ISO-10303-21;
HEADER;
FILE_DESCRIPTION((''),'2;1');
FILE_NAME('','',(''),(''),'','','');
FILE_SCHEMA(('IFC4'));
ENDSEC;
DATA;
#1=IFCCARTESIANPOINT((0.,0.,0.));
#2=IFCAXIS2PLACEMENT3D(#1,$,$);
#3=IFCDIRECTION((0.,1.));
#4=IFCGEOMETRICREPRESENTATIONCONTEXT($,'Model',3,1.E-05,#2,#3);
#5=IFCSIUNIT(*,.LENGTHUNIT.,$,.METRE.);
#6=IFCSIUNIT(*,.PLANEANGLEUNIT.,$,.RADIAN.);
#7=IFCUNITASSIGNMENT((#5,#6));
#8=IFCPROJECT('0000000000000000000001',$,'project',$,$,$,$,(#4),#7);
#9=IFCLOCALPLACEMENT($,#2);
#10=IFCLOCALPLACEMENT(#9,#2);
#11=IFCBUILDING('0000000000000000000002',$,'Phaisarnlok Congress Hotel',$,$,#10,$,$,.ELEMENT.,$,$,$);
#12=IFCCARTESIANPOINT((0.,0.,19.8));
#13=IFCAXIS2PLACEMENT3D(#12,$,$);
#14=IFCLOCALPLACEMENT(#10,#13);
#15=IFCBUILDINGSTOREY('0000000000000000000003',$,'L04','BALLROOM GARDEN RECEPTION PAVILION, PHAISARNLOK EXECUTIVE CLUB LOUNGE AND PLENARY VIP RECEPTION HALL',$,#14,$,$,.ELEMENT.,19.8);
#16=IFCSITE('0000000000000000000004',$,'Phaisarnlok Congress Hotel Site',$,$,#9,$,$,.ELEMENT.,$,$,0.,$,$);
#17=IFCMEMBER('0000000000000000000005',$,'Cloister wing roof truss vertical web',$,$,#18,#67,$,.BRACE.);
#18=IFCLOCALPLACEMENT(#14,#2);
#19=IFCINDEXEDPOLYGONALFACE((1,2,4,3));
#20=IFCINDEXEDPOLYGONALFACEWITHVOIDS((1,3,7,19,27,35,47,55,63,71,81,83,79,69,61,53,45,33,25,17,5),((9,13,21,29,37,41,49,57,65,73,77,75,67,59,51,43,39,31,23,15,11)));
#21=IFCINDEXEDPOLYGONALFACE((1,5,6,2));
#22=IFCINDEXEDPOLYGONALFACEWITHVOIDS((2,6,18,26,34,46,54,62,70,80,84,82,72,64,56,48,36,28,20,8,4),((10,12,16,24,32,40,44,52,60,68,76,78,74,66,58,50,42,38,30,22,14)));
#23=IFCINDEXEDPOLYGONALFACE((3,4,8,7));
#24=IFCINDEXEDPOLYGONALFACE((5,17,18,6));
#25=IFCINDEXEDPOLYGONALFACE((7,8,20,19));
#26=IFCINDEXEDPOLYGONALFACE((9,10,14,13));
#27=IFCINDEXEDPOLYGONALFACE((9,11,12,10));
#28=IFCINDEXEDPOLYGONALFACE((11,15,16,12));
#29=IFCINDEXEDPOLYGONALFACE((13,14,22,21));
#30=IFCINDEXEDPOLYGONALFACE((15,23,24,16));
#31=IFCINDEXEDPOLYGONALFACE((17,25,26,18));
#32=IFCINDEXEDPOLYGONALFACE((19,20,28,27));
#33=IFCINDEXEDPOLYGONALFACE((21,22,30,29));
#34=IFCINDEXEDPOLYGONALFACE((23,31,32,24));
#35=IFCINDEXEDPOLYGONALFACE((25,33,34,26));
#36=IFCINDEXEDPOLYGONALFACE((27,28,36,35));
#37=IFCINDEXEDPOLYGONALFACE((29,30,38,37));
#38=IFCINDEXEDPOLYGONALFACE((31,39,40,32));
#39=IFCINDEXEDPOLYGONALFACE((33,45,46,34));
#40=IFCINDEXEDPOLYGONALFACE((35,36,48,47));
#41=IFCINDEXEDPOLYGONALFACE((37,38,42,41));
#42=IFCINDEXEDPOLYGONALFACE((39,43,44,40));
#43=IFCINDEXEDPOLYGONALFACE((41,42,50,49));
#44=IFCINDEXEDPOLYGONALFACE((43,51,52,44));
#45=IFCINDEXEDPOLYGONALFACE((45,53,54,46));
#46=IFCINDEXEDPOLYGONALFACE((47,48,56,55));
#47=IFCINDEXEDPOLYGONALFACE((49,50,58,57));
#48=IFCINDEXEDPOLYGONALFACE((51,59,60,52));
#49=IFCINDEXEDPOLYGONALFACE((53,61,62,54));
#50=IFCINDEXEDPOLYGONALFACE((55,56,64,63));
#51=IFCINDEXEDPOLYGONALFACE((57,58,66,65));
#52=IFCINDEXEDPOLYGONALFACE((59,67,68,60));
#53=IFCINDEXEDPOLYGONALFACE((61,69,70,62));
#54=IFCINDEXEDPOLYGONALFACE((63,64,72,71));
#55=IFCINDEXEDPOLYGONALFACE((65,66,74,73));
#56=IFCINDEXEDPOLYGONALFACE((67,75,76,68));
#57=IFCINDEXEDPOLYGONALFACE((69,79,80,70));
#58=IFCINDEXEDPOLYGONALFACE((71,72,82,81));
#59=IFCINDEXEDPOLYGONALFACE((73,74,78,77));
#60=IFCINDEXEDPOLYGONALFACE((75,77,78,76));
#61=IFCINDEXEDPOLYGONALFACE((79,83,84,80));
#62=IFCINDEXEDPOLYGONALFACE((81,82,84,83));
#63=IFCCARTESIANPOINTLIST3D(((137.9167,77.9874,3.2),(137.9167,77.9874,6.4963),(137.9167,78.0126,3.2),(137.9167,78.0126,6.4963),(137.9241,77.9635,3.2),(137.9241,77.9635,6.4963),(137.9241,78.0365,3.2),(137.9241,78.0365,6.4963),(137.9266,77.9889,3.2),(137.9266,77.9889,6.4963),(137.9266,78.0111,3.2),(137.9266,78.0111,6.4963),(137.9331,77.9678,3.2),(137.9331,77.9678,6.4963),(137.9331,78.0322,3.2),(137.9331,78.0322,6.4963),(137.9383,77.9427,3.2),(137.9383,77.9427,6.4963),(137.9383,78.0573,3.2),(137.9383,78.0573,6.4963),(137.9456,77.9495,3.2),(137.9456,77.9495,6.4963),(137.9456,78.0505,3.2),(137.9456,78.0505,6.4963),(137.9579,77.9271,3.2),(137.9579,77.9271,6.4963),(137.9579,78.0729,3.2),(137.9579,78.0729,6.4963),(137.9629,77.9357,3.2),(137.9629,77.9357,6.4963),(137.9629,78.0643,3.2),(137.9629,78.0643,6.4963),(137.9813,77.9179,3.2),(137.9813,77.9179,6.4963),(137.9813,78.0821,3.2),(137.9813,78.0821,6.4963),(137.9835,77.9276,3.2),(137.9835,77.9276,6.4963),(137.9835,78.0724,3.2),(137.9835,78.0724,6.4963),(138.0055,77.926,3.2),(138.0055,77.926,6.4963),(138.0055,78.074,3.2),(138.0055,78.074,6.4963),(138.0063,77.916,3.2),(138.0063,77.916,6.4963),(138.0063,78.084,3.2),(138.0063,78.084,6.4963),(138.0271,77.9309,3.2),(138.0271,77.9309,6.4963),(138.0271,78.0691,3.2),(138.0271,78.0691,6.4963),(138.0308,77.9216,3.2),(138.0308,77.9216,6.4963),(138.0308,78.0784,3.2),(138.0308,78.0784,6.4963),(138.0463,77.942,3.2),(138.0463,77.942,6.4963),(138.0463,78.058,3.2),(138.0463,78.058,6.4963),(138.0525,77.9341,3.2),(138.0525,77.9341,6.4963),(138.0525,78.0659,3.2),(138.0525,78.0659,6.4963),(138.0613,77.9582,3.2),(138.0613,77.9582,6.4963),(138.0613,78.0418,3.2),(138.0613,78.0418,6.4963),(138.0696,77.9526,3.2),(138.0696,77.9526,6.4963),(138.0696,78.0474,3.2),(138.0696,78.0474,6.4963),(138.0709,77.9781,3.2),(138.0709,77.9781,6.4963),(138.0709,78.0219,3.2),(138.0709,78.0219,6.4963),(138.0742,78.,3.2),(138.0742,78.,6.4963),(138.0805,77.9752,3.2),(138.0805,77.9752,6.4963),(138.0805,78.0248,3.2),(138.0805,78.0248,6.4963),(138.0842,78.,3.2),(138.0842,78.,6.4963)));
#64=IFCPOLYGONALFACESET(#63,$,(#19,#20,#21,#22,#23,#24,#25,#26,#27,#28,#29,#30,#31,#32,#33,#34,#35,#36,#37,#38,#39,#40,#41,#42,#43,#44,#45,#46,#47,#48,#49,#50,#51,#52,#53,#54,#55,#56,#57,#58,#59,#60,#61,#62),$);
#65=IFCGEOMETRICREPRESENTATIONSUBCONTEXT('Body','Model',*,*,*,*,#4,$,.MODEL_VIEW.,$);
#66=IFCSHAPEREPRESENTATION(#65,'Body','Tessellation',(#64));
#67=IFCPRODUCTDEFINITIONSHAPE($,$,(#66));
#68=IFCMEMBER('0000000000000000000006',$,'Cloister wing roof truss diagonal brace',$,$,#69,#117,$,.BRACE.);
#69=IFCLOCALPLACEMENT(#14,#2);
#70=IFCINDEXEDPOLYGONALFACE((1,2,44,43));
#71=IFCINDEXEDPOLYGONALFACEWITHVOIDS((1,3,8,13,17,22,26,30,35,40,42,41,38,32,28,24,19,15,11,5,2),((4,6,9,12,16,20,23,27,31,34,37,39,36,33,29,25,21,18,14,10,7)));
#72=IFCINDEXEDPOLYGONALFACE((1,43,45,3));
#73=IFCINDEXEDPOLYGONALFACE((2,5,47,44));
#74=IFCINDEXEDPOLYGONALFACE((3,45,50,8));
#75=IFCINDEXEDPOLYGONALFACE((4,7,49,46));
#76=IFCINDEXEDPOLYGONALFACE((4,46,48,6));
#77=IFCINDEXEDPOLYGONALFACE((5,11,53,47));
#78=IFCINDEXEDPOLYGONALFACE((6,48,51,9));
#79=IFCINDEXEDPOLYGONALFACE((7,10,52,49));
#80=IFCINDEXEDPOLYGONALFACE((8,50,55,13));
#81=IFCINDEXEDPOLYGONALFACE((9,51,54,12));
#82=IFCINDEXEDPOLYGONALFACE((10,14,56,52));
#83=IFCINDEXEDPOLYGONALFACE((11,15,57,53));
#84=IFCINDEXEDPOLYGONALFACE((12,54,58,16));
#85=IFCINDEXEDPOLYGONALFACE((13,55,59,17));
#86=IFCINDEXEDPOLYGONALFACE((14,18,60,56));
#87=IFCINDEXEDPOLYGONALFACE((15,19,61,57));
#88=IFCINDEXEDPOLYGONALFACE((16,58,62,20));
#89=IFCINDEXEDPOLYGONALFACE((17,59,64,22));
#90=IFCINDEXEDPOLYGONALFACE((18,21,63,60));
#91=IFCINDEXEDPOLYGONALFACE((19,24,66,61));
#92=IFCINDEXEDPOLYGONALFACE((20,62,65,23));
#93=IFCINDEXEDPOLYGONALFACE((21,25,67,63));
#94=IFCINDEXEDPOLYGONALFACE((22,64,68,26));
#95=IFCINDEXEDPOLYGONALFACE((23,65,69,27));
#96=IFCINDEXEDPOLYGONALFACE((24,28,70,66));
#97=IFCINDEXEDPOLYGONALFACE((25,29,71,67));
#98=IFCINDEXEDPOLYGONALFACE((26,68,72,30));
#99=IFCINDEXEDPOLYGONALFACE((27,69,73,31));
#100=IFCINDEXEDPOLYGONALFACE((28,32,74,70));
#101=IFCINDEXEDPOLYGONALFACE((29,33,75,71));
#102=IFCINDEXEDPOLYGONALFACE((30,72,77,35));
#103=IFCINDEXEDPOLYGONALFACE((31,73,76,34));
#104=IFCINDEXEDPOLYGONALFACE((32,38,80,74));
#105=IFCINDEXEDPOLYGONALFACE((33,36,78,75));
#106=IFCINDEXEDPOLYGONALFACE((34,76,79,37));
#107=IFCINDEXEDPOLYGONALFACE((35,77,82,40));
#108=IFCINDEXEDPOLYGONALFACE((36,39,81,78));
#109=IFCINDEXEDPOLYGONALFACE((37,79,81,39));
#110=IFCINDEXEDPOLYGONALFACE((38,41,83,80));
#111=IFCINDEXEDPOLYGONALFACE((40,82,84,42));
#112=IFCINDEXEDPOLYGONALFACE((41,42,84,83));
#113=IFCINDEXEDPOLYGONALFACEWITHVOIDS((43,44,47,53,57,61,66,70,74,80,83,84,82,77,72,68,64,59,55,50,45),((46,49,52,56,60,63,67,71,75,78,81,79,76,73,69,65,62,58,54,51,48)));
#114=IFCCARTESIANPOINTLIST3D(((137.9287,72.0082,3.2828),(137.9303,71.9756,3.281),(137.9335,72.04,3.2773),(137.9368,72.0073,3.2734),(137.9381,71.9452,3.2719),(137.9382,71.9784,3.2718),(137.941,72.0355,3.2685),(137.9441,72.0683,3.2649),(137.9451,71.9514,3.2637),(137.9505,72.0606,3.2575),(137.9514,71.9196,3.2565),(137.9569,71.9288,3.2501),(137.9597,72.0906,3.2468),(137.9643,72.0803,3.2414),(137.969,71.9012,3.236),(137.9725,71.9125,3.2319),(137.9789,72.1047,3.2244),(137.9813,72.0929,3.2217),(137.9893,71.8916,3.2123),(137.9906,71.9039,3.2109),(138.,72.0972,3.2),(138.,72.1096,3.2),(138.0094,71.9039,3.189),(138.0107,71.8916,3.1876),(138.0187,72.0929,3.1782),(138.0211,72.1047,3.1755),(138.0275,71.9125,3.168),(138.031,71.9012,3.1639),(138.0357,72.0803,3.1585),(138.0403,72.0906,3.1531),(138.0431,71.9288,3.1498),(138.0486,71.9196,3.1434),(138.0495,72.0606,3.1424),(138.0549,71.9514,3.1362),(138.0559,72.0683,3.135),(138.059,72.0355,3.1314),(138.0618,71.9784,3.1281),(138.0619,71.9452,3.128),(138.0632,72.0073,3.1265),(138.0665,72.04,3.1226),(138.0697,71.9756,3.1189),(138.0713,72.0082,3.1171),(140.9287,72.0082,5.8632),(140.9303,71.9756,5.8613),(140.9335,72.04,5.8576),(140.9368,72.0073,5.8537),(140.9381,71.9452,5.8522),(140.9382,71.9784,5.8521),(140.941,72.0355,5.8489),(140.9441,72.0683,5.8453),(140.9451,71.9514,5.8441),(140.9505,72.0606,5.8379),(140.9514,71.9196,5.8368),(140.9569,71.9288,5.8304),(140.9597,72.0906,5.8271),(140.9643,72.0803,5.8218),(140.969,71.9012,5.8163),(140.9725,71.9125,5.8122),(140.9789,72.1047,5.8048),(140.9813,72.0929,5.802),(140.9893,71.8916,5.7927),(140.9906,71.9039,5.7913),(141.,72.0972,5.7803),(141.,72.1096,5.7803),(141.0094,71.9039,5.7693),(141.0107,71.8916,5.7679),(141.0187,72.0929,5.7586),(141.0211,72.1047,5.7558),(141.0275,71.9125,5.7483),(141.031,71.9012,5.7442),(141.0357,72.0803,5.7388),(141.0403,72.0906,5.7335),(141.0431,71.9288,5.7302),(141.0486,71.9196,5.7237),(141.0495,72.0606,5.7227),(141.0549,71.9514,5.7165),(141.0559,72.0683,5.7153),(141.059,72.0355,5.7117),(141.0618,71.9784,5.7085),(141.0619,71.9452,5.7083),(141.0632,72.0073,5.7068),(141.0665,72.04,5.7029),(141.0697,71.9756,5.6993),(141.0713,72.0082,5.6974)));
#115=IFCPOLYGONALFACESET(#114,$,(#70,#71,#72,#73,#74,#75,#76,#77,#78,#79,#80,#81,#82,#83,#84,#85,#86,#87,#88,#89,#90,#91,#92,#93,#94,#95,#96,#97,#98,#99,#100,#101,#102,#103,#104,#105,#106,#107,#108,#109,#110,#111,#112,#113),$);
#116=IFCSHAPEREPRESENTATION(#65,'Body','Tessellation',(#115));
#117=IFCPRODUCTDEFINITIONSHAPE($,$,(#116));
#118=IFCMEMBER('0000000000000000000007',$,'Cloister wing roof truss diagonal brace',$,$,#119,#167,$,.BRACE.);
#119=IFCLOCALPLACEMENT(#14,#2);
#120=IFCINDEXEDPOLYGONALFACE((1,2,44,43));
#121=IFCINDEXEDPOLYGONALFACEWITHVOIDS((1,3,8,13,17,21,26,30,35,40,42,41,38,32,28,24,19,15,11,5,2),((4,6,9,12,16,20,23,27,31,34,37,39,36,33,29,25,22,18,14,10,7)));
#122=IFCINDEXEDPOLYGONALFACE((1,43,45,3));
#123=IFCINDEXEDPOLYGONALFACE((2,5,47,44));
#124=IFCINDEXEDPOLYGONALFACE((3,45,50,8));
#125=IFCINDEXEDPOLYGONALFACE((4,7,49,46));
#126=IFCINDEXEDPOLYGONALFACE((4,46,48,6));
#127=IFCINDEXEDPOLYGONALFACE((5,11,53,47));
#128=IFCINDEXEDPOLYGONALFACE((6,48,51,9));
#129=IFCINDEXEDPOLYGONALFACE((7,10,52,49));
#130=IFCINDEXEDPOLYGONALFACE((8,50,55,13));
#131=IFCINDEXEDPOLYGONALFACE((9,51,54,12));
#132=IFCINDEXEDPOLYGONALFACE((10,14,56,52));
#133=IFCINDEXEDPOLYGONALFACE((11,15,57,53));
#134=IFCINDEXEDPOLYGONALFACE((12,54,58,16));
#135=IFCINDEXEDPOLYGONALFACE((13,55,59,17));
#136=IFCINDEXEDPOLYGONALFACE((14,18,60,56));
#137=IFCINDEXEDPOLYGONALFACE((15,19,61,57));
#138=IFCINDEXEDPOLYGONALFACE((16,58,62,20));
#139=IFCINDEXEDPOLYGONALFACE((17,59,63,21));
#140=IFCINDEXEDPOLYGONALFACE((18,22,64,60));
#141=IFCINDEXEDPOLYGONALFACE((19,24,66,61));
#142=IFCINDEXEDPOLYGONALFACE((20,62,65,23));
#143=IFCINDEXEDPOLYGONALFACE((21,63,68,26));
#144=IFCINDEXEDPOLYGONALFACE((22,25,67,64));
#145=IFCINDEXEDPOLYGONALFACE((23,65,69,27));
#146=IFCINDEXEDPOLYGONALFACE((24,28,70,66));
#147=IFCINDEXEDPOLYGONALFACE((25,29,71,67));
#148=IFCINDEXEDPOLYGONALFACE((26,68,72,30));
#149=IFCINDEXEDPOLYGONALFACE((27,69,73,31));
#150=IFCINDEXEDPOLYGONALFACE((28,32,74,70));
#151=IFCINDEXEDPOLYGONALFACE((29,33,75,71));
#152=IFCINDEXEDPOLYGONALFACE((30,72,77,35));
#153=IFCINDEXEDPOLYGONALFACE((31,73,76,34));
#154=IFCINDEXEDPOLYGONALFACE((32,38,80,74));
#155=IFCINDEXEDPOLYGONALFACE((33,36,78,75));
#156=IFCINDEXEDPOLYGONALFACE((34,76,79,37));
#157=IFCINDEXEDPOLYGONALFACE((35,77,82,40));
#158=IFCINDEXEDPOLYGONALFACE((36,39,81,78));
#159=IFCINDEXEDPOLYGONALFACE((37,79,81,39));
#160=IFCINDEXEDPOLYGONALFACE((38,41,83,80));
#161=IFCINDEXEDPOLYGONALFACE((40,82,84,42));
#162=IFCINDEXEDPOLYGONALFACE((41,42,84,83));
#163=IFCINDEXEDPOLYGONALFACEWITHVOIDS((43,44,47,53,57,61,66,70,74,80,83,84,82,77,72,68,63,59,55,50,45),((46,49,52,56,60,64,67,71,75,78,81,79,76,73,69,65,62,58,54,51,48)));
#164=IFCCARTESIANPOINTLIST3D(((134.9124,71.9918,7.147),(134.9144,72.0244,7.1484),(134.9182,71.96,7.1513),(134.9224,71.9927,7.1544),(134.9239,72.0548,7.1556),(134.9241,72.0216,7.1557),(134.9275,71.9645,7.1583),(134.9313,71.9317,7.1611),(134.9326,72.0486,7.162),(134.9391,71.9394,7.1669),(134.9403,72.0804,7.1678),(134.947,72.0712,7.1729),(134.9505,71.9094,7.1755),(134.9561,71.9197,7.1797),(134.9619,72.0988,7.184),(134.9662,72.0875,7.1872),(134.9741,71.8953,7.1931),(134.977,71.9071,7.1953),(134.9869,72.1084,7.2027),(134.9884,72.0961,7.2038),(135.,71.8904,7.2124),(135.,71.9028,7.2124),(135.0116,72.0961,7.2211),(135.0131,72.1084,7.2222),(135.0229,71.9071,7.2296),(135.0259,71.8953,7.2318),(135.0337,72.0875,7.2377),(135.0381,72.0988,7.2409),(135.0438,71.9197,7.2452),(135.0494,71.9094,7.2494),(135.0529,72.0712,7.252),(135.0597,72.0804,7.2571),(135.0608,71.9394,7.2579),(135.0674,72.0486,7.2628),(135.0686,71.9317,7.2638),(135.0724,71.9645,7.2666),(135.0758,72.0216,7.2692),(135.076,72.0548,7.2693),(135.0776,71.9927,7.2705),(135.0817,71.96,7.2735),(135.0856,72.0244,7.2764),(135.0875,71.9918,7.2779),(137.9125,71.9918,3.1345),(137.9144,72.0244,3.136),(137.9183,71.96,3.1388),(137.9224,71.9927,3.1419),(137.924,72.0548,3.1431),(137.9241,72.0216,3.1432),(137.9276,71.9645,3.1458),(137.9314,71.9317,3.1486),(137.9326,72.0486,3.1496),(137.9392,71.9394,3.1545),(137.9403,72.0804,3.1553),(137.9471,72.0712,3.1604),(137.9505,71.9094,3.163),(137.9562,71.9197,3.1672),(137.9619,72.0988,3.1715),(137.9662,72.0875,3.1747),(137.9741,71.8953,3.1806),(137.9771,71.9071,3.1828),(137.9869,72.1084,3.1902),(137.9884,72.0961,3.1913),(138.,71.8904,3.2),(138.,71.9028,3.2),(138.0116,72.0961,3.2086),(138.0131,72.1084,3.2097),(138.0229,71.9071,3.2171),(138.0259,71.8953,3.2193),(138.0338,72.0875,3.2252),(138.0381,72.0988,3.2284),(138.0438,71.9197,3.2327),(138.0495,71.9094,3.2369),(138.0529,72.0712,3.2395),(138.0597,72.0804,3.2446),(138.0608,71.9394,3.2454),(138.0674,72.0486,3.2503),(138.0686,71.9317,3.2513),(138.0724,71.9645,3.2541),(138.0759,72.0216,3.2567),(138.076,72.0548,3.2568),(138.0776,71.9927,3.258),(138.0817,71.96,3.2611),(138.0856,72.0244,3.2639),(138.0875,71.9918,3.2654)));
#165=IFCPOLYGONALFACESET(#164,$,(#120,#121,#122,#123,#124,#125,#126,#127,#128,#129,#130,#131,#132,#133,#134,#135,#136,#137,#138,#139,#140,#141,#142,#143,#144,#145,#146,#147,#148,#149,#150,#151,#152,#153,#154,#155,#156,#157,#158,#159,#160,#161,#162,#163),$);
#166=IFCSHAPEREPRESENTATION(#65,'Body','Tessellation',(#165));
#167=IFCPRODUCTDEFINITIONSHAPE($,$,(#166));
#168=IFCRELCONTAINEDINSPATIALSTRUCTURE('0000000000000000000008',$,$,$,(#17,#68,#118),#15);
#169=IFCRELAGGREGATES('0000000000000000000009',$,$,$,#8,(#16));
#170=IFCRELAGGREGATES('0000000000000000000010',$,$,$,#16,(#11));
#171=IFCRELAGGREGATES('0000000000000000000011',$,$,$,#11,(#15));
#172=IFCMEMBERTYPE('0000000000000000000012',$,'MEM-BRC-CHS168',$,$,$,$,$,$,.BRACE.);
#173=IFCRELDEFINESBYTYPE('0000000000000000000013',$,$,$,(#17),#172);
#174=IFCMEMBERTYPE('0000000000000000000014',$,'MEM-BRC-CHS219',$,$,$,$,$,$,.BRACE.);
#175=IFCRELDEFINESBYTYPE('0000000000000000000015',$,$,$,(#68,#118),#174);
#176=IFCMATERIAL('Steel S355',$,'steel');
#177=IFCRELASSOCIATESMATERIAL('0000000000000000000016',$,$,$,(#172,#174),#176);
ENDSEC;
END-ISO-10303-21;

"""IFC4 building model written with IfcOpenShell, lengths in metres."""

from ifc_helpers import new_model, si_unit, direction, frame, origin, origin_2d, place, context, subcontext, project, spatial, hollow_circle, extrude, material, material_profile, profile_set, type_object, element, save


model = new_model("IFC4")

# Units and contexts
model_context = context("Model", 3, precision=1e-05, world=origin(), true_north=direction((0.0, 1.0)))
body_context = subcontext(model_context, "Body", "Model", "MODEL_VIEW")
ifc_project = project(units=[si_unit("LENGTHUNIT", "METRE"), si_unit("PLANEANGLEUNIT", "RADIAN")], contexts=[model_context])

# Site, building, storey
site_placement = place(None, origin())
site = spatial("IfcSite", under=ifc_project, at=site_placement, Name="Phaisarnlok Congress Hotel Site", CompositionType="ELEMENT", RefElevation=0.0)
building_placement = place(site_placement, origin())
building = spatial("IfcBuilding", under=site, at=building_placement, Name="Phaisarnlok Congress Hotel", CompositionType="ELEMENT")
storey_placement = place(building_placement, frame((0.0, 0.0, 19.8)))
storey = spatial("IfcBuildingStorey", under=building, at=storey_placement, Name="L04", Description="BALLROOM GARDEN RECEPTION PAVILION, PHAISARNLOK EXECUTIVE CLUB LOUNGE AND PLENARY VIP RECEPTION HALL", CompositionType="ELEMENT", Elevation=19.8)

# Shared definitions
ifc_material_1 = material(Name="Steel S355", Category="steel")

# Members
ifc_material_profile_1 = material_profile(ifc_material_1, hollow_circle(Radius=0.0842, WallThickness=0.01, at=origin_2d()), Name="CHS 168.3x10")
ifc_profile_set_1 = profile_set([ifc_material_profile_1], Name="Steel S355")
member_type_1 = type_object("IfcMemberType", Name="MEM-BRC-CHS168", PredefinedType="BRACE", material=ifc_profile_set_1)
for number, where, z_axis, x_axis, name in (
    (1, (138.0, 78.0, 3.2), (0.0, 0.0, 1.0), (1.0, 0.0, 0.0), "Cloister wing roof truss vertical web"),
):
    element("IfcMember", number, at=place(storey_placement, frame(where, z_axis=z_axis, x_axis=x_axis)), inside=storey, type_object=member_type_1, Name=name, PredefinedType="BRACE", context=body_context, shape_type="SweptSolid", body=[
        extrude(hollow_circle(Radius=0.0842, WallThickness=0.01, at=origin_2d()), origin(), (0.0, 0.0, 1.0), 3.2964),
    ])
ifc_material_profile_2 = material_profile(ifc_material_1, hollow_circle(Radius=0.1096, WallThickness=0.0125, at=origin_2d()), Name="CHS 219.1x12.5")
ifc_profile_set_2 = profile_set([ifc_material_profile_2], Name="Steel S355")
member_type_2 = type_object("IfcMemberType", Name="MEM-BRC-CHS219", PredefinedType="BRACE", material=ifc_profile_set_2)
member_1_placement = place(storey_placement, frame((138.0, 72.0, 3.2), z_axis=(0.758145, 0.0, 0.652086), x_axis=(0.0, 1.0, 0.0)))
element("IfcMember", 2, at=member_1_placement, inside=storey, type_object=member_type_2, Name="Cloister wing roof truss diagonal brace", PredefinedType="BRACE", context=body_context, shape_type="SweptSolid", body=[
    extrude(hollow_circle(Radius=0.1096, WallThickness=0.0125, at=origin_2d()), origin(), (0.0, 0.0, 1.0), 3.957),
])
member_2_placement = place(storey_placement, frame((138.0, 72.0, 3.2), z_axis=(-0.598806, 0.0, 0.800894), x_axis=(0.0, -1.0, 0.0)))
element("IfcMember", 3, at=member_2_placement, inside=storey, type_object=member_type_2, Name="Cloister wing roof truss diagonal brace", PredefinedType="BRACE", context=body_context, shape_type="SweptSolid", body=[
    extrude(hollow_circle(Radius=0.1096, WallThickness=0.0125, at=origin_2d()), origin(), (0.0, 0.0, 1.0), 5.01),
])

save(model, "model.ifc")
